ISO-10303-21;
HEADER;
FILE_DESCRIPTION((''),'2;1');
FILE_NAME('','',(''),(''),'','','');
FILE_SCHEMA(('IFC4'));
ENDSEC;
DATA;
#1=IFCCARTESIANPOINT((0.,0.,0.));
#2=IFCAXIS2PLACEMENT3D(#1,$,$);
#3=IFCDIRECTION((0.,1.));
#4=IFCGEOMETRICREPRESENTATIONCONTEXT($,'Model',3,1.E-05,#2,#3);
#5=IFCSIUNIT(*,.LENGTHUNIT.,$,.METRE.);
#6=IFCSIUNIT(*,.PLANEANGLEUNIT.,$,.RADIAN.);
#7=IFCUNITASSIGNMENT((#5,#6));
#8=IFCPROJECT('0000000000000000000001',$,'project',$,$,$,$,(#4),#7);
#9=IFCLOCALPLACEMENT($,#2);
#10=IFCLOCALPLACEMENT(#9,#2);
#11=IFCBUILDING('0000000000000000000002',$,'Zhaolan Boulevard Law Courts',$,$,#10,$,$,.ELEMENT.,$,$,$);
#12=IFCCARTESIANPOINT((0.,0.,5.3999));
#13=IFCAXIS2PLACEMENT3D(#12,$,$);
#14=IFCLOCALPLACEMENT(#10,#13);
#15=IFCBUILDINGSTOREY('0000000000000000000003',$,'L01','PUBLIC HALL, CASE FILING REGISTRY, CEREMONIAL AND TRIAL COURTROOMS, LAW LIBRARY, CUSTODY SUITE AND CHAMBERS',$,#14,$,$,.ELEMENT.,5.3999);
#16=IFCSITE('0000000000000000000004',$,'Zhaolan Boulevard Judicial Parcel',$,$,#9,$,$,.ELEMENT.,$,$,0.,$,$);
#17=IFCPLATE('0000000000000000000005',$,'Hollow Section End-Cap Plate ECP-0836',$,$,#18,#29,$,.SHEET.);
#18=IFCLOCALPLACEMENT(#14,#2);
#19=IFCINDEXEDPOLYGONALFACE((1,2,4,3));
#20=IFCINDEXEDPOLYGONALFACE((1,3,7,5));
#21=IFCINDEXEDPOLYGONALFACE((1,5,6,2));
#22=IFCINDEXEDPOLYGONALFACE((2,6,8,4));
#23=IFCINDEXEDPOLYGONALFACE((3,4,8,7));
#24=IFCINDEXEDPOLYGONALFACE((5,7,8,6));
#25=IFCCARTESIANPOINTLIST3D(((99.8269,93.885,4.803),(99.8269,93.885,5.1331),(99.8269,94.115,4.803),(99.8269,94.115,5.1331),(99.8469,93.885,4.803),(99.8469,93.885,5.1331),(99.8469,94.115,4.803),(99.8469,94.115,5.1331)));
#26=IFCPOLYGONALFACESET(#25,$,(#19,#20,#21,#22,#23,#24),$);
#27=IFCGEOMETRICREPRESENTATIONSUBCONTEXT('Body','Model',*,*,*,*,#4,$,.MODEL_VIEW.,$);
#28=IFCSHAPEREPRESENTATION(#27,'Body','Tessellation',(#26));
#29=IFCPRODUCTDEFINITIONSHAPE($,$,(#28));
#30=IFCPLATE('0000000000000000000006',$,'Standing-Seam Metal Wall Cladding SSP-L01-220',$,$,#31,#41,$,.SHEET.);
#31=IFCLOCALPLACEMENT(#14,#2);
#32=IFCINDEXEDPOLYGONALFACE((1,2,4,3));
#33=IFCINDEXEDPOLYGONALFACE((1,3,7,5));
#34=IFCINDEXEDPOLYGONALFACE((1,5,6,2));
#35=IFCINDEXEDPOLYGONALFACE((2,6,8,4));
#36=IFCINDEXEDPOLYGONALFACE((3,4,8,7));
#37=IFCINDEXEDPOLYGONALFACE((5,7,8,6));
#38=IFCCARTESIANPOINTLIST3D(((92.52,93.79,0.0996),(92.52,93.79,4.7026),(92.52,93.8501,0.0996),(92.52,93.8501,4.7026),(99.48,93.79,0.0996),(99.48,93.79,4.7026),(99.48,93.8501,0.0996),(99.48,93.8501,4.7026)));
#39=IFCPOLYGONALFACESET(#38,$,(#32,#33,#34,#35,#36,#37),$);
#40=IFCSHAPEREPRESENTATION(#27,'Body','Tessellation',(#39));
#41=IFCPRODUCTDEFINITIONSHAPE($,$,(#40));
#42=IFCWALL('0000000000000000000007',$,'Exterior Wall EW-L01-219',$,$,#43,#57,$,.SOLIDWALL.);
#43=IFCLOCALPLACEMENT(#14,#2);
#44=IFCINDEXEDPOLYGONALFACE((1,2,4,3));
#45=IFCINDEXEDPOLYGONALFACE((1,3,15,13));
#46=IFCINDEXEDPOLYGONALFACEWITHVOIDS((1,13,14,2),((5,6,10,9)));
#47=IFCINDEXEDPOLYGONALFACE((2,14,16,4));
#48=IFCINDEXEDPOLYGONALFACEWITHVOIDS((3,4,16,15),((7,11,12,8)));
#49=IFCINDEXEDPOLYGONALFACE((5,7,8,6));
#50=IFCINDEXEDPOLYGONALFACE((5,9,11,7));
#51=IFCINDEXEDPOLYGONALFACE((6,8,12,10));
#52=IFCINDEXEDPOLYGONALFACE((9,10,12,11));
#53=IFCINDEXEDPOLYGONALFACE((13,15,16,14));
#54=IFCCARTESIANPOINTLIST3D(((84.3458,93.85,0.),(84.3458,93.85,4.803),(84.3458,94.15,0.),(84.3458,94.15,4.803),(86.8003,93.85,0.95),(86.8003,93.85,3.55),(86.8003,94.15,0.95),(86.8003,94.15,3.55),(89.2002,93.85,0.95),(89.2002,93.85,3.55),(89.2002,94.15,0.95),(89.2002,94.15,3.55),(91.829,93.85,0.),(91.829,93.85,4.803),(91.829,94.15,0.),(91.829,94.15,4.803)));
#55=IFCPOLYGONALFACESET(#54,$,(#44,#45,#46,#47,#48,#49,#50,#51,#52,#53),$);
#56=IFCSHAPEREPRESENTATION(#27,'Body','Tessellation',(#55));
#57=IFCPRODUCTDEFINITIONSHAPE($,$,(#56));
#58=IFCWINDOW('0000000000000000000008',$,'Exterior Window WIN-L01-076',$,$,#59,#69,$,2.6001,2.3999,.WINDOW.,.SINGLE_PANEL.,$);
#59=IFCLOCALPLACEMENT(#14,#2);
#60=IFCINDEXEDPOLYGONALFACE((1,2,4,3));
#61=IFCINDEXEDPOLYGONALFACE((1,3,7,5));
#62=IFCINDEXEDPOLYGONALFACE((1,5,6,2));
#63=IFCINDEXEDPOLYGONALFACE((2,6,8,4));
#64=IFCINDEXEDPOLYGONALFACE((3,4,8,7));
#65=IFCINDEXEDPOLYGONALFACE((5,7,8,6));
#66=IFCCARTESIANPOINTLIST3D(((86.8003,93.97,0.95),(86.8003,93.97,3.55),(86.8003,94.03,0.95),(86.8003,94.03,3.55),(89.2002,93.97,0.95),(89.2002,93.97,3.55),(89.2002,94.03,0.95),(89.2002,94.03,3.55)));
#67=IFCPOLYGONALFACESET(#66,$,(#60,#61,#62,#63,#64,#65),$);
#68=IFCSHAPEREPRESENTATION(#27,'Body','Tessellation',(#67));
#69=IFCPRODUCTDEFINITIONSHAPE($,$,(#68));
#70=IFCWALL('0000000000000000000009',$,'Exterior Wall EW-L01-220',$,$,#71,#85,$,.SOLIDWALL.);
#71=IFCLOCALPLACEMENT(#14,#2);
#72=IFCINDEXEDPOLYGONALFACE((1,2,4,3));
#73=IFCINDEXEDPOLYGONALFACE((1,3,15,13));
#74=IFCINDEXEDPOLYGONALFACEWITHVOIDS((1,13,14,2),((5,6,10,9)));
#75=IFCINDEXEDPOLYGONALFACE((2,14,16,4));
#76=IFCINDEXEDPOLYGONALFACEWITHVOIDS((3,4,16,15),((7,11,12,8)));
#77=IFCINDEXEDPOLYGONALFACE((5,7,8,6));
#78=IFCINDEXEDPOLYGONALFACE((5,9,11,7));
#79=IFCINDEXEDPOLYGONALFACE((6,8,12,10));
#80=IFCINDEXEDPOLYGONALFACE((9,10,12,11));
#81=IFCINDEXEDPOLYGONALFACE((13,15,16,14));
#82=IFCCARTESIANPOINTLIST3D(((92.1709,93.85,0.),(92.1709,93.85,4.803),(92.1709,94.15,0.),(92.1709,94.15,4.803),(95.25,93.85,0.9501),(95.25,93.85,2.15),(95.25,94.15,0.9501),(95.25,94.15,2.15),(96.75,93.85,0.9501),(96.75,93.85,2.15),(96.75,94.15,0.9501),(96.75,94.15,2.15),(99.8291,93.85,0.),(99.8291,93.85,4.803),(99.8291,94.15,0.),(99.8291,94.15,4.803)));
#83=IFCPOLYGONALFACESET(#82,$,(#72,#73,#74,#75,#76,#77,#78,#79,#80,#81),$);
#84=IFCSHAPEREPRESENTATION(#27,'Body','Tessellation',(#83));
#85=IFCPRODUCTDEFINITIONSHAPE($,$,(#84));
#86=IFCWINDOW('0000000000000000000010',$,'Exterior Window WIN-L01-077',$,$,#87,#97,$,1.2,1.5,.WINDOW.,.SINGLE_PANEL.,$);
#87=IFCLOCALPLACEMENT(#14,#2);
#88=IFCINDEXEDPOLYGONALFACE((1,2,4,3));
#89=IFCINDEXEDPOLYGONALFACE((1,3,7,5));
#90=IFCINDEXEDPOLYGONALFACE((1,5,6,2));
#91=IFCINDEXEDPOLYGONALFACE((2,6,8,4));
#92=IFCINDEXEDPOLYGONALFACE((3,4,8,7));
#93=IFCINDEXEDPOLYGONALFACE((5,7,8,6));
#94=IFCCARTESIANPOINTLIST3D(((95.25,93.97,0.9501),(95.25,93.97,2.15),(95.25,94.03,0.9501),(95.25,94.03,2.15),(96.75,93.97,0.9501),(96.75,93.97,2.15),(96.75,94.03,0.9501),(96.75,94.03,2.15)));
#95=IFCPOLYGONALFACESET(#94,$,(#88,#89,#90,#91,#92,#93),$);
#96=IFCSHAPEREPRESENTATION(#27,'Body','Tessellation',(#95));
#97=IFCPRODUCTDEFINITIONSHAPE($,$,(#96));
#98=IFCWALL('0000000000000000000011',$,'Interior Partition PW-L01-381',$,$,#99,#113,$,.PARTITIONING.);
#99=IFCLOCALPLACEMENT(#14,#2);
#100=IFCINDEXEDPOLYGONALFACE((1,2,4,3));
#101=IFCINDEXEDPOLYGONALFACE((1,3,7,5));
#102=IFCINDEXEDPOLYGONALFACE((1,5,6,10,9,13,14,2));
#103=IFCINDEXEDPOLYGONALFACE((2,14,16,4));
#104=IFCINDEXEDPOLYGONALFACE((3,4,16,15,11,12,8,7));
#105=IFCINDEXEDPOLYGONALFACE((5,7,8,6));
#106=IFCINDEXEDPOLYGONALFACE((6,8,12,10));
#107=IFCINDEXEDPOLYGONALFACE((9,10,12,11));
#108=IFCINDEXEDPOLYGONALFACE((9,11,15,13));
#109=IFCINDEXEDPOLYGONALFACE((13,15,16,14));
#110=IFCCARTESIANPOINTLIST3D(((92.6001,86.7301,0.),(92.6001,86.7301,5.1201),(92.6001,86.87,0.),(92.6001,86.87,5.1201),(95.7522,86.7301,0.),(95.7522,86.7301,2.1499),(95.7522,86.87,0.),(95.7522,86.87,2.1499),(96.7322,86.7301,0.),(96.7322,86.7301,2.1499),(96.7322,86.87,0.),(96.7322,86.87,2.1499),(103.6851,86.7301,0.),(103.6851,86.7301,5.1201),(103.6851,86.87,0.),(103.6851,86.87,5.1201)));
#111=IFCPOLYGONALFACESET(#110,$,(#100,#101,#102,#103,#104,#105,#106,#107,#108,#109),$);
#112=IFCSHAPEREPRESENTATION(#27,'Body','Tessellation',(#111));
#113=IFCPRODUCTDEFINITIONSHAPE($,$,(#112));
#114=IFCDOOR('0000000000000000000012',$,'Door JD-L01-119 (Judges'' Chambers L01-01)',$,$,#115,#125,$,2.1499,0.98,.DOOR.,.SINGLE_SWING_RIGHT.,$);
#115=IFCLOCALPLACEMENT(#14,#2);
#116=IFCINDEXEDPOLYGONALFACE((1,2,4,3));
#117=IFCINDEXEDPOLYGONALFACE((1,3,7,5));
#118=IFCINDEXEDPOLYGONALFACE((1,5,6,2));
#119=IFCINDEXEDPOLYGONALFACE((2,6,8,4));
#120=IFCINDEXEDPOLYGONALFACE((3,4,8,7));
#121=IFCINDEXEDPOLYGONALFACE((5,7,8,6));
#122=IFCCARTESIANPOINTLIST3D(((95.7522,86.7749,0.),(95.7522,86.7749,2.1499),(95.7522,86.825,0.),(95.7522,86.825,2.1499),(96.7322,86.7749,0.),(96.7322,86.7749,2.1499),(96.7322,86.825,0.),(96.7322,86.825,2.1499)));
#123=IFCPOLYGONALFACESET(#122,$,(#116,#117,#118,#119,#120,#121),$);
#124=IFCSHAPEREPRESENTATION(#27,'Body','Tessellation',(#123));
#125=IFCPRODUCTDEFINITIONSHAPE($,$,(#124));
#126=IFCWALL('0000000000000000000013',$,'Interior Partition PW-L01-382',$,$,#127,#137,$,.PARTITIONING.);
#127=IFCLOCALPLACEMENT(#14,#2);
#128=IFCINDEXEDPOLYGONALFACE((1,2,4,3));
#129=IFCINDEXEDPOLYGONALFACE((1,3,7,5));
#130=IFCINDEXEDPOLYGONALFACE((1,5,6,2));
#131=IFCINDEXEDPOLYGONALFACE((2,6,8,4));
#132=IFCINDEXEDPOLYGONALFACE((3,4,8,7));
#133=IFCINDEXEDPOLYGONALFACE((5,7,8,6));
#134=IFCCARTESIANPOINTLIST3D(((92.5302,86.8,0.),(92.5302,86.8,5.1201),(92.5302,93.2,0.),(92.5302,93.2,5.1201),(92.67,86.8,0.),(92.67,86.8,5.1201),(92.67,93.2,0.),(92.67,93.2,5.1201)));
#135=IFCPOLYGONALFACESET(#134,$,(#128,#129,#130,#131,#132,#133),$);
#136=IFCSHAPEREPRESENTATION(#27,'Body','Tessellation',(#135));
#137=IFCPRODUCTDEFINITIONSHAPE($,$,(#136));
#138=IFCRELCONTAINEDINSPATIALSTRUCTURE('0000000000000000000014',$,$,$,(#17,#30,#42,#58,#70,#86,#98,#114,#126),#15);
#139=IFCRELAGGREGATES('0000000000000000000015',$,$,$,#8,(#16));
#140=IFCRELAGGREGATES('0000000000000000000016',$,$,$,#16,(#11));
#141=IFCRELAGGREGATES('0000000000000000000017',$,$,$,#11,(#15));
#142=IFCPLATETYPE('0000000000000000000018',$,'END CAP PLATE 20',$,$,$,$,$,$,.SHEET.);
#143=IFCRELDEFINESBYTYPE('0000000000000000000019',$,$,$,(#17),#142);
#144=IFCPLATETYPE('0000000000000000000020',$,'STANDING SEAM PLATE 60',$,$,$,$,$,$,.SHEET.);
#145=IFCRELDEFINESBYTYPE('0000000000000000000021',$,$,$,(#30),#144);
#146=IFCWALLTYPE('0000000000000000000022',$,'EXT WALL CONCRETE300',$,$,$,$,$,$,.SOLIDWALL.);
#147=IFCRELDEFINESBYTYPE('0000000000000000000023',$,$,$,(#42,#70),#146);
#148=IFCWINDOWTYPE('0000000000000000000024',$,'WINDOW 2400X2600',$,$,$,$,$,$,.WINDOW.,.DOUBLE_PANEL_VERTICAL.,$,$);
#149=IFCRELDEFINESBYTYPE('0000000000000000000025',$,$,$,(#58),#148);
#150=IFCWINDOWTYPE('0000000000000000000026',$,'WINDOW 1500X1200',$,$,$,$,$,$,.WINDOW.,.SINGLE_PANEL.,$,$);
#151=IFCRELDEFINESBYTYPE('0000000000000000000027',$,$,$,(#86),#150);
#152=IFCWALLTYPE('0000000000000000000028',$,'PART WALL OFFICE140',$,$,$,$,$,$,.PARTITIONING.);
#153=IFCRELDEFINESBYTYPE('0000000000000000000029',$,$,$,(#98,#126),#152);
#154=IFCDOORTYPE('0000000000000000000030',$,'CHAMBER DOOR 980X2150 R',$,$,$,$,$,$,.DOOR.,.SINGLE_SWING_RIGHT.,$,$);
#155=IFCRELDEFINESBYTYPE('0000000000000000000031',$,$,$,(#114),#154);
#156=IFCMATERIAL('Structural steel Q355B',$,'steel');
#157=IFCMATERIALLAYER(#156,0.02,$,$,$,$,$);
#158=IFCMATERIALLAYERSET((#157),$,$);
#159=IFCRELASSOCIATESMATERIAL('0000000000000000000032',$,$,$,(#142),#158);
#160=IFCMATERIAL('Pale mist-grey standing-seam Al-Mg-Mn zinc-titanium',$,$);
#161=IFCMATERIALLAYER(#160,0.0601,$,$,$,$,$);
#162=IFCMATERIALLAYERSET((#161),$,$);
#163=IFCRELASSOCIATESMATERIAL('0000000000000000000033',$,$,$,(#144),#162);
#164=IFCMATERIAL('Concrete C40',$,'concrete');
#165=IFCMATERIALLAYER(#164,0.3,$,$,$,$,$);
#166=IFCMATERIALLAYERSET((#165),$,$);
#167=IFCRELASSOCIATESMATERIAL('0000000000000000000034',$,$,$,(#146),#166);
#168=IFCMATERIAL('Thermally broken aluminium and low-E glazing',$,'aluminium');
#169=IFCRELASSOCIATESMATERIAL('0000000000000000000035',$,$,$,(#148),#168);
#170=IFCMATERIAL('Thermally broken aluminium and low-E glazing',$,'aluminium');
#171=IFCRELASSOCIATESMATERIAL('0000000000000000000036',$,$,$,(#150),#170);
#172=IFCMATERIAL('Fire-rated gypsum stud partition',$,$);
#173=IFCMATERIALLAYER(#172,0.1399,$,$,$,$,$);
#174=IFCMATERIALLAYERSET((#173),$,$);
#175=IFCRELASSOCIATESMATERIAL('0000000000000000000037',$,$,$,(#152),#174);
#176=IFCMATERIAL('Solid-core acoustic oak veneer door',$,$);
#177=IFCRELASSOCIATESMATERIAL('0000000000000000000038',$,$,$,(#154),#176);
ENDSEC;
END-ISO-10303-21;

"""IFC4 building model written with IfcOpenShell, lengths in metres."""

from ifc_helpers import new_model, si_unit, direction, frame, frame_2d, origin, origin_2d, place, context, subcontext, project, spatial, rectangle, extrude, material, layer, layer_set, type_object, element, fill, save


model = new_model("IFC4")

# Units and contexts
model_context = context("Model", 3, precision=1e-05, world=origin(), true_north=direction((0.0, 1.0)))
body_context = subcontext(model_context, "Body", "Model", "MODEL_VIEW")
ifc_project = project(units=[si_unit("LENGTHUNIT", "METRE"), si_unit("PLANEANGLEUNIT", "RADIAN")], contexts=[model_context])

# Site, building, storey
site_placement = place(None, origin())
site = spatial("IfcSite", under=ifc_project, at=site_placement, Name="Zhaolan Boulevard Judicial Parcel", CompositionType="ELEMENT", RefElevation=0.0)
building_placement = place(site_placement, origin())
building = spatial("IfcBuilding", under=site, at=building_placement, Name="Zhaolan Boulevard Law Courts", CompositionType="ELEMENT")
storey_placement = place(building_placement, frame((0.0, 0.0, 5.3999)))
storey = spatial("IfcBuildingStorey", under=building, at=storey_placement, Name="L01", Description="PUBLIC HALL, CASE FILING REGISTRY, CEREMONIAL AND TRIAL COURTROOMS, LAW LIBRARY, CUSTODY SUITE AND CHAMBERS", CompositionType="ELEMENT", Elevation=5.3999)

# Plates
ifc_material_1 = material(Name="Structural steel Q355B", Category="steel")
ifc_layer_1 = layer(ifc_material_1, 0.02)
ifc_layer_set_1 = layer_set([ifc_layer_1])
plate_type_1 = type_object("IfcPlateType", Name="END CAP PLATE 20", PredefinedType="SHEET", material=ifc_layer_set_1)
for number, where, z_axis, x_axis, name in (
    (1, (99.8369, 94.0, 4.803), (0.0, 0.0, 1.0), (1.0, 0.0, 0.0), "Hollow Section End-Cap Plate ECP-0836"),
):
    element("IfcPlate", number, at=place(storey_placement, frame(where, z_axis=z_axis, x_axis=x_axis)), inside=storey, type_object=plate_type_1, Name=name, PredefinedType="SHEET", context=body_context, shape_type="SweptSolid", body=[
        extrude(rectangle(XDim=0.02, YDim=0.23, at=origin_2d()), origin(), (0.0, 0.0, 1.0), 0.3301),
    ])
ifc_material_2 = material(Name="Pale mist-grey standing-seam Al-Mg-Mn zinc-titanium")
ifc_layer_2 = layer(ifc_material_2, 0.0601)
ifc_layer_set_2 = layer_set([ifc_layer_2])
plate_type_2 = type_object("IfcPlateType", Name="STANDING SEAM PLATE 60", PredefinedType="SHEET", material=ifc_layer_set_2)
plate_placement = place(storey_placement, frame((96.0, 93.8201, 0.0996), z_axis=(0.0, 0.0, 1.0), x_axis=(-1.0, 0.0, 0.0)))
element("IfcPlate", 2, at=plate_placement, inside=storey, type_object=plate_type_2, Name="Standing-Seam Metal Wall Cladding SSP-L01-220", PredefinedType="SHEET", context=body_context, shape_type="SweptSolid", body=[
    extrude(rectangle(XDim=6.96, YDim=0.0601, at=origin_2d()), origin(), (0.0, 0.0, 1.0), 4.603),
])

# Walls, openings, windows
ifc_material_3 = material(Name="Concrete C40", Category="concrete")
ifc_layer_3 = layer(ifc_material_3, 0.3)
ifc_layer_set_3 = layer_set([ifc_layer_3])
wall_type_1 = type_object("IfcWallType", Name="EXT WALL CONCRETE300", PredefinedType="SOLIDWALL", material=ifc_layer_set_3)
wall_1_placement = place(storey_placement, frame((91.8291, 94.0, 0.0), z_axis=(0.0, 0.0, 1.0), x_axis=(-1.0, 0.0, 0.0)))
wall_1 = element("IfcWall", 3, at=wall_1_placement, inside=storey, type_object=wall_type_1, Name="Exterior Wall EW-L01-219", PredefinedType="SOLIDWALL", context=body_context, shape_type="SweptSolid", body=[
    extrude(rectangle(XDim=7.4832, YDim=0.3, at=frame_2d((3.7417, 0.0))), origin(), (0.0, 0.0, 1.0), 4.803),
])
opening_1_placement = place(wall_1_placement, frame((2.6289, 0.0, 0.95)))
opening_1 = element("IfcOpeningElement", 4, at=opening_1_placement, cuts=wall_1, PredefinedType="OPENING", context=body_context, shape_type="SweptSolid", body=[
    extrude(rectangle(XDim=2.3999, YDim=2.6001, at=frame_2d((1.2, 1.3))), frame((0.0, 0.1599, 0.0), z_axis=(0.0, -1.0, 0.0), x_axis=(1.0, 0.0, 0.0)), (0.0, 0.0, 1.0), 0.3201),
])
ifc_material_4 = material(Name="Thermally broken aluminium and low-E glazing", Category="aluminium")
window_type_1 = type_object("IfcWindowType", Name="WINDOW 2400X2600", PartitioningType="DOUBLE_PANEL_VERTICAL", PredefinedType="WINDOW", material=ifc_material_4)
window_1_placement = place(opening_1_placement, origin())
window_1 = element("IfcWindow", 5, at=window_1_placement, inside=storey, type_object=window_type_1, Name="Exterior Window WIN-L01-076", OverallHeight=2.6001, OverallWidth=2.3999, PartitioningType="SINGLE_PANEL", PredefinedType="WINDOW", context=body_context, shape_type="SweptSolid", body=[
    extrude(rectangle(XDim=2.3999, YDim=2.6001, at=frame_2d((1.2, 1.3))), frame((0.0, 0.03, 0.0), z_axis=(0.0, -1.0, 0.0), x_axis=(1.0, 0.0, 0.0)), (0.0, 0.0, 1.0), 0.0601),
])
fill(opening_1, window_1)
wall_2_placement = place(storey_placement, frame((99.8291, 94.0, 0.0), z_axis=(0.0, 0.0, 1.0), x_axis=(-1.0, 0.0, 0.0)))
wall_2 = element("IfcWall", 6, at=wall_2_placement, inside=storey, type_object=wall_type_1, Name="Exterior Wall EW-L01-220", PredefinedType="SOLIDWALL", context=body_context, shape_type="SweptSolid", body=[
    extrude(rectangle(XDim=7.6582, YDim=0.3, at=frame_2d((3.8291, 0.0))), origin(), (0.0, 0.0, 1.0), 4.803),
])
opening_2_placement = place(wall_2_placement, frame((3.0791, 0.0, 0.95)))
opening_2 = element("IfcOpeningElement", 7, at=opening_2_placement, cuts=wall_2, PredefinedType="OPENING", context=body_context, shape_type="SweptSolid", body=[
    extrude(rectangle(XDim=1.5, YDim=1.2, at=frame_2d((0.75, 0.6001))), frame((0.0, 0.1599, 0.0), z_axis=(0.0, -1.0, 0.0), x_axis=(1.0, 0.0, 0.0)), (0.0, 0.0, 1.0), 0.3201),
])
ifc_material_5 = material(Name="Thermally broken aluminium and low-E glazing", Category="aluminium")
window_type_2 = type_object("IfcWindowType", Name="WINDOW 1500X1200", PartitioningType="SINGLE_PANEL", PredefinedType="WINDOW", material=ifc_material_5)
window_2_placement = place(opening_2_placement, origin())
window_2 = element("IfcWindow", 8, at=window_2_placement, inside=storey, type_object=window_type_2, Name="Exterior Window WIN-L01-077", OverallHeight=1.2, OverallWidth=1.5, PartitioningType="SINGLE_PANEL", PredefinedType="WINDOW", context=body_context, shape_type="SweptSolid", body=[
    extrude(rectangle(XDim=1.5, YDim=1.2, at=frame_2d((0.75, 0.6001))), frame((0.0, 0.03, 0.0), z_axis=(0.0, -1.0, 0.0), x_axis=(1.0, 0.0, 0.0)), (0.0, 0.0, 1.0), 0.0601),
])
fill(opening_2, window_2)

# Wall, opening, door
ifc_material_6 = material(Name="Fire-rated gypsum stud partition")
ifc_layer_4 = layer(ifc_material_6, 0.1399)
ifc_layer_set_4 = layer_set([ifc_layer_4])
wall_type_2 = type_object("IfcWallType", Name="PART WALL OFFICE140", PredefinedType="PARTITIONING", material=ifc_layer_set_4)
wall_3_placement = place(storey_placement, frame((92.6001, 86.8, 0.0), z_axis=(0.0, 0.0, 1.0), x_axis=(1.0, 0.0, 0.0)))
wall_3 = element("IfcWall", 9, at=wall_3_placement, inside=storey, type_object=wall_type_2, Name="Interior Partition PW-L01-381", PredefinedType="PARTITIONING", context=body_context, shape_type="SweptSolid", body=[
    extrude(rectangle(XDim=11.085, YDim=0.1399, at=frame_2d((5.5425, 0.0))), origin(), (0.0, 0.0, 1.0), 5.1201),
])
opening_3_placement = place(wall_3_placement, frame((3.1521, 0.0, 0.0)))
opening_3 = element("IfcOpeningElement", 10, at=opening_3_placement, cuts=wall_3, PredefinedType="OPENING", context=body_context, shape_type="SweptSolid", body=[
    extrude(rectangle(XDim=0.98, YDim=2.1499, at=frame_2d((0.49, 1.075))), frame((0.0, 0.0798, 0.0), z_axis=(0.0, -1.0, 0.0), x_axis=(1.0, 0.0, 0.0)), (0.0, 0.0, 1.0), 0.1599),
])
ifc_material_7 = material(Name="Solid-core acoustic oak veneer door")
door_type = type_object("IfcDoorType", Name="CHAMBER DOOR 980X2150 R", OperationType="SINGLE_SWING_RIGHT", PredefinedType="DOOR", material=ifc_material_7)
door_placement = place(opening_3_placement, origin())
door = element("IfcDoor", 11, at=door_placement, inside=storey, type_object=door_type, Name="Door JD-L01-119 (Judges' Chambers L01-01)", OperationType="SINGLE_SWING_RIGHT", OverallHeight=2.1499, OverallWidth=0.98, PredefinedType="DOOR", context=body_context, shape_type="SweptSolid", body=[
    extrude(rectangle(XDim=0.98, YDim=2.1499, at=frame_2d((0.49, 1.075))), frame((0.0, 0.0249, 0.0), z_axis=(0.0, -1.0, 0.0), x_axis=(1.0, 0.0, 0.0)), (0.0, 0.0, 1.0), 0.05),
])
fill(opening_3, door)

# Wall
wall_4_placement = place(storey_placement, frame((92.6001, 93.2, 0.0), z_axis=(0.0, 0.0, 1.0), x_axis=(0.0, -1.0, 0.0)))
element("IfcWall", 12, at=wall_4_placement, inside=storey, type_object=wall_type_2, Name="Interior Partition PW-L01-382", PredefinedType="PARTITIONING", context=body_context, shape_type="SweptSolid", body=[
    extrude(rectangle(XDim=6.3999, YDim=0.1399, at=frame_2d((3.2, 0.0))), origin(), (0.0, 0.0, 1.0), 5.1201),
])

save(model, "model.ifc")
